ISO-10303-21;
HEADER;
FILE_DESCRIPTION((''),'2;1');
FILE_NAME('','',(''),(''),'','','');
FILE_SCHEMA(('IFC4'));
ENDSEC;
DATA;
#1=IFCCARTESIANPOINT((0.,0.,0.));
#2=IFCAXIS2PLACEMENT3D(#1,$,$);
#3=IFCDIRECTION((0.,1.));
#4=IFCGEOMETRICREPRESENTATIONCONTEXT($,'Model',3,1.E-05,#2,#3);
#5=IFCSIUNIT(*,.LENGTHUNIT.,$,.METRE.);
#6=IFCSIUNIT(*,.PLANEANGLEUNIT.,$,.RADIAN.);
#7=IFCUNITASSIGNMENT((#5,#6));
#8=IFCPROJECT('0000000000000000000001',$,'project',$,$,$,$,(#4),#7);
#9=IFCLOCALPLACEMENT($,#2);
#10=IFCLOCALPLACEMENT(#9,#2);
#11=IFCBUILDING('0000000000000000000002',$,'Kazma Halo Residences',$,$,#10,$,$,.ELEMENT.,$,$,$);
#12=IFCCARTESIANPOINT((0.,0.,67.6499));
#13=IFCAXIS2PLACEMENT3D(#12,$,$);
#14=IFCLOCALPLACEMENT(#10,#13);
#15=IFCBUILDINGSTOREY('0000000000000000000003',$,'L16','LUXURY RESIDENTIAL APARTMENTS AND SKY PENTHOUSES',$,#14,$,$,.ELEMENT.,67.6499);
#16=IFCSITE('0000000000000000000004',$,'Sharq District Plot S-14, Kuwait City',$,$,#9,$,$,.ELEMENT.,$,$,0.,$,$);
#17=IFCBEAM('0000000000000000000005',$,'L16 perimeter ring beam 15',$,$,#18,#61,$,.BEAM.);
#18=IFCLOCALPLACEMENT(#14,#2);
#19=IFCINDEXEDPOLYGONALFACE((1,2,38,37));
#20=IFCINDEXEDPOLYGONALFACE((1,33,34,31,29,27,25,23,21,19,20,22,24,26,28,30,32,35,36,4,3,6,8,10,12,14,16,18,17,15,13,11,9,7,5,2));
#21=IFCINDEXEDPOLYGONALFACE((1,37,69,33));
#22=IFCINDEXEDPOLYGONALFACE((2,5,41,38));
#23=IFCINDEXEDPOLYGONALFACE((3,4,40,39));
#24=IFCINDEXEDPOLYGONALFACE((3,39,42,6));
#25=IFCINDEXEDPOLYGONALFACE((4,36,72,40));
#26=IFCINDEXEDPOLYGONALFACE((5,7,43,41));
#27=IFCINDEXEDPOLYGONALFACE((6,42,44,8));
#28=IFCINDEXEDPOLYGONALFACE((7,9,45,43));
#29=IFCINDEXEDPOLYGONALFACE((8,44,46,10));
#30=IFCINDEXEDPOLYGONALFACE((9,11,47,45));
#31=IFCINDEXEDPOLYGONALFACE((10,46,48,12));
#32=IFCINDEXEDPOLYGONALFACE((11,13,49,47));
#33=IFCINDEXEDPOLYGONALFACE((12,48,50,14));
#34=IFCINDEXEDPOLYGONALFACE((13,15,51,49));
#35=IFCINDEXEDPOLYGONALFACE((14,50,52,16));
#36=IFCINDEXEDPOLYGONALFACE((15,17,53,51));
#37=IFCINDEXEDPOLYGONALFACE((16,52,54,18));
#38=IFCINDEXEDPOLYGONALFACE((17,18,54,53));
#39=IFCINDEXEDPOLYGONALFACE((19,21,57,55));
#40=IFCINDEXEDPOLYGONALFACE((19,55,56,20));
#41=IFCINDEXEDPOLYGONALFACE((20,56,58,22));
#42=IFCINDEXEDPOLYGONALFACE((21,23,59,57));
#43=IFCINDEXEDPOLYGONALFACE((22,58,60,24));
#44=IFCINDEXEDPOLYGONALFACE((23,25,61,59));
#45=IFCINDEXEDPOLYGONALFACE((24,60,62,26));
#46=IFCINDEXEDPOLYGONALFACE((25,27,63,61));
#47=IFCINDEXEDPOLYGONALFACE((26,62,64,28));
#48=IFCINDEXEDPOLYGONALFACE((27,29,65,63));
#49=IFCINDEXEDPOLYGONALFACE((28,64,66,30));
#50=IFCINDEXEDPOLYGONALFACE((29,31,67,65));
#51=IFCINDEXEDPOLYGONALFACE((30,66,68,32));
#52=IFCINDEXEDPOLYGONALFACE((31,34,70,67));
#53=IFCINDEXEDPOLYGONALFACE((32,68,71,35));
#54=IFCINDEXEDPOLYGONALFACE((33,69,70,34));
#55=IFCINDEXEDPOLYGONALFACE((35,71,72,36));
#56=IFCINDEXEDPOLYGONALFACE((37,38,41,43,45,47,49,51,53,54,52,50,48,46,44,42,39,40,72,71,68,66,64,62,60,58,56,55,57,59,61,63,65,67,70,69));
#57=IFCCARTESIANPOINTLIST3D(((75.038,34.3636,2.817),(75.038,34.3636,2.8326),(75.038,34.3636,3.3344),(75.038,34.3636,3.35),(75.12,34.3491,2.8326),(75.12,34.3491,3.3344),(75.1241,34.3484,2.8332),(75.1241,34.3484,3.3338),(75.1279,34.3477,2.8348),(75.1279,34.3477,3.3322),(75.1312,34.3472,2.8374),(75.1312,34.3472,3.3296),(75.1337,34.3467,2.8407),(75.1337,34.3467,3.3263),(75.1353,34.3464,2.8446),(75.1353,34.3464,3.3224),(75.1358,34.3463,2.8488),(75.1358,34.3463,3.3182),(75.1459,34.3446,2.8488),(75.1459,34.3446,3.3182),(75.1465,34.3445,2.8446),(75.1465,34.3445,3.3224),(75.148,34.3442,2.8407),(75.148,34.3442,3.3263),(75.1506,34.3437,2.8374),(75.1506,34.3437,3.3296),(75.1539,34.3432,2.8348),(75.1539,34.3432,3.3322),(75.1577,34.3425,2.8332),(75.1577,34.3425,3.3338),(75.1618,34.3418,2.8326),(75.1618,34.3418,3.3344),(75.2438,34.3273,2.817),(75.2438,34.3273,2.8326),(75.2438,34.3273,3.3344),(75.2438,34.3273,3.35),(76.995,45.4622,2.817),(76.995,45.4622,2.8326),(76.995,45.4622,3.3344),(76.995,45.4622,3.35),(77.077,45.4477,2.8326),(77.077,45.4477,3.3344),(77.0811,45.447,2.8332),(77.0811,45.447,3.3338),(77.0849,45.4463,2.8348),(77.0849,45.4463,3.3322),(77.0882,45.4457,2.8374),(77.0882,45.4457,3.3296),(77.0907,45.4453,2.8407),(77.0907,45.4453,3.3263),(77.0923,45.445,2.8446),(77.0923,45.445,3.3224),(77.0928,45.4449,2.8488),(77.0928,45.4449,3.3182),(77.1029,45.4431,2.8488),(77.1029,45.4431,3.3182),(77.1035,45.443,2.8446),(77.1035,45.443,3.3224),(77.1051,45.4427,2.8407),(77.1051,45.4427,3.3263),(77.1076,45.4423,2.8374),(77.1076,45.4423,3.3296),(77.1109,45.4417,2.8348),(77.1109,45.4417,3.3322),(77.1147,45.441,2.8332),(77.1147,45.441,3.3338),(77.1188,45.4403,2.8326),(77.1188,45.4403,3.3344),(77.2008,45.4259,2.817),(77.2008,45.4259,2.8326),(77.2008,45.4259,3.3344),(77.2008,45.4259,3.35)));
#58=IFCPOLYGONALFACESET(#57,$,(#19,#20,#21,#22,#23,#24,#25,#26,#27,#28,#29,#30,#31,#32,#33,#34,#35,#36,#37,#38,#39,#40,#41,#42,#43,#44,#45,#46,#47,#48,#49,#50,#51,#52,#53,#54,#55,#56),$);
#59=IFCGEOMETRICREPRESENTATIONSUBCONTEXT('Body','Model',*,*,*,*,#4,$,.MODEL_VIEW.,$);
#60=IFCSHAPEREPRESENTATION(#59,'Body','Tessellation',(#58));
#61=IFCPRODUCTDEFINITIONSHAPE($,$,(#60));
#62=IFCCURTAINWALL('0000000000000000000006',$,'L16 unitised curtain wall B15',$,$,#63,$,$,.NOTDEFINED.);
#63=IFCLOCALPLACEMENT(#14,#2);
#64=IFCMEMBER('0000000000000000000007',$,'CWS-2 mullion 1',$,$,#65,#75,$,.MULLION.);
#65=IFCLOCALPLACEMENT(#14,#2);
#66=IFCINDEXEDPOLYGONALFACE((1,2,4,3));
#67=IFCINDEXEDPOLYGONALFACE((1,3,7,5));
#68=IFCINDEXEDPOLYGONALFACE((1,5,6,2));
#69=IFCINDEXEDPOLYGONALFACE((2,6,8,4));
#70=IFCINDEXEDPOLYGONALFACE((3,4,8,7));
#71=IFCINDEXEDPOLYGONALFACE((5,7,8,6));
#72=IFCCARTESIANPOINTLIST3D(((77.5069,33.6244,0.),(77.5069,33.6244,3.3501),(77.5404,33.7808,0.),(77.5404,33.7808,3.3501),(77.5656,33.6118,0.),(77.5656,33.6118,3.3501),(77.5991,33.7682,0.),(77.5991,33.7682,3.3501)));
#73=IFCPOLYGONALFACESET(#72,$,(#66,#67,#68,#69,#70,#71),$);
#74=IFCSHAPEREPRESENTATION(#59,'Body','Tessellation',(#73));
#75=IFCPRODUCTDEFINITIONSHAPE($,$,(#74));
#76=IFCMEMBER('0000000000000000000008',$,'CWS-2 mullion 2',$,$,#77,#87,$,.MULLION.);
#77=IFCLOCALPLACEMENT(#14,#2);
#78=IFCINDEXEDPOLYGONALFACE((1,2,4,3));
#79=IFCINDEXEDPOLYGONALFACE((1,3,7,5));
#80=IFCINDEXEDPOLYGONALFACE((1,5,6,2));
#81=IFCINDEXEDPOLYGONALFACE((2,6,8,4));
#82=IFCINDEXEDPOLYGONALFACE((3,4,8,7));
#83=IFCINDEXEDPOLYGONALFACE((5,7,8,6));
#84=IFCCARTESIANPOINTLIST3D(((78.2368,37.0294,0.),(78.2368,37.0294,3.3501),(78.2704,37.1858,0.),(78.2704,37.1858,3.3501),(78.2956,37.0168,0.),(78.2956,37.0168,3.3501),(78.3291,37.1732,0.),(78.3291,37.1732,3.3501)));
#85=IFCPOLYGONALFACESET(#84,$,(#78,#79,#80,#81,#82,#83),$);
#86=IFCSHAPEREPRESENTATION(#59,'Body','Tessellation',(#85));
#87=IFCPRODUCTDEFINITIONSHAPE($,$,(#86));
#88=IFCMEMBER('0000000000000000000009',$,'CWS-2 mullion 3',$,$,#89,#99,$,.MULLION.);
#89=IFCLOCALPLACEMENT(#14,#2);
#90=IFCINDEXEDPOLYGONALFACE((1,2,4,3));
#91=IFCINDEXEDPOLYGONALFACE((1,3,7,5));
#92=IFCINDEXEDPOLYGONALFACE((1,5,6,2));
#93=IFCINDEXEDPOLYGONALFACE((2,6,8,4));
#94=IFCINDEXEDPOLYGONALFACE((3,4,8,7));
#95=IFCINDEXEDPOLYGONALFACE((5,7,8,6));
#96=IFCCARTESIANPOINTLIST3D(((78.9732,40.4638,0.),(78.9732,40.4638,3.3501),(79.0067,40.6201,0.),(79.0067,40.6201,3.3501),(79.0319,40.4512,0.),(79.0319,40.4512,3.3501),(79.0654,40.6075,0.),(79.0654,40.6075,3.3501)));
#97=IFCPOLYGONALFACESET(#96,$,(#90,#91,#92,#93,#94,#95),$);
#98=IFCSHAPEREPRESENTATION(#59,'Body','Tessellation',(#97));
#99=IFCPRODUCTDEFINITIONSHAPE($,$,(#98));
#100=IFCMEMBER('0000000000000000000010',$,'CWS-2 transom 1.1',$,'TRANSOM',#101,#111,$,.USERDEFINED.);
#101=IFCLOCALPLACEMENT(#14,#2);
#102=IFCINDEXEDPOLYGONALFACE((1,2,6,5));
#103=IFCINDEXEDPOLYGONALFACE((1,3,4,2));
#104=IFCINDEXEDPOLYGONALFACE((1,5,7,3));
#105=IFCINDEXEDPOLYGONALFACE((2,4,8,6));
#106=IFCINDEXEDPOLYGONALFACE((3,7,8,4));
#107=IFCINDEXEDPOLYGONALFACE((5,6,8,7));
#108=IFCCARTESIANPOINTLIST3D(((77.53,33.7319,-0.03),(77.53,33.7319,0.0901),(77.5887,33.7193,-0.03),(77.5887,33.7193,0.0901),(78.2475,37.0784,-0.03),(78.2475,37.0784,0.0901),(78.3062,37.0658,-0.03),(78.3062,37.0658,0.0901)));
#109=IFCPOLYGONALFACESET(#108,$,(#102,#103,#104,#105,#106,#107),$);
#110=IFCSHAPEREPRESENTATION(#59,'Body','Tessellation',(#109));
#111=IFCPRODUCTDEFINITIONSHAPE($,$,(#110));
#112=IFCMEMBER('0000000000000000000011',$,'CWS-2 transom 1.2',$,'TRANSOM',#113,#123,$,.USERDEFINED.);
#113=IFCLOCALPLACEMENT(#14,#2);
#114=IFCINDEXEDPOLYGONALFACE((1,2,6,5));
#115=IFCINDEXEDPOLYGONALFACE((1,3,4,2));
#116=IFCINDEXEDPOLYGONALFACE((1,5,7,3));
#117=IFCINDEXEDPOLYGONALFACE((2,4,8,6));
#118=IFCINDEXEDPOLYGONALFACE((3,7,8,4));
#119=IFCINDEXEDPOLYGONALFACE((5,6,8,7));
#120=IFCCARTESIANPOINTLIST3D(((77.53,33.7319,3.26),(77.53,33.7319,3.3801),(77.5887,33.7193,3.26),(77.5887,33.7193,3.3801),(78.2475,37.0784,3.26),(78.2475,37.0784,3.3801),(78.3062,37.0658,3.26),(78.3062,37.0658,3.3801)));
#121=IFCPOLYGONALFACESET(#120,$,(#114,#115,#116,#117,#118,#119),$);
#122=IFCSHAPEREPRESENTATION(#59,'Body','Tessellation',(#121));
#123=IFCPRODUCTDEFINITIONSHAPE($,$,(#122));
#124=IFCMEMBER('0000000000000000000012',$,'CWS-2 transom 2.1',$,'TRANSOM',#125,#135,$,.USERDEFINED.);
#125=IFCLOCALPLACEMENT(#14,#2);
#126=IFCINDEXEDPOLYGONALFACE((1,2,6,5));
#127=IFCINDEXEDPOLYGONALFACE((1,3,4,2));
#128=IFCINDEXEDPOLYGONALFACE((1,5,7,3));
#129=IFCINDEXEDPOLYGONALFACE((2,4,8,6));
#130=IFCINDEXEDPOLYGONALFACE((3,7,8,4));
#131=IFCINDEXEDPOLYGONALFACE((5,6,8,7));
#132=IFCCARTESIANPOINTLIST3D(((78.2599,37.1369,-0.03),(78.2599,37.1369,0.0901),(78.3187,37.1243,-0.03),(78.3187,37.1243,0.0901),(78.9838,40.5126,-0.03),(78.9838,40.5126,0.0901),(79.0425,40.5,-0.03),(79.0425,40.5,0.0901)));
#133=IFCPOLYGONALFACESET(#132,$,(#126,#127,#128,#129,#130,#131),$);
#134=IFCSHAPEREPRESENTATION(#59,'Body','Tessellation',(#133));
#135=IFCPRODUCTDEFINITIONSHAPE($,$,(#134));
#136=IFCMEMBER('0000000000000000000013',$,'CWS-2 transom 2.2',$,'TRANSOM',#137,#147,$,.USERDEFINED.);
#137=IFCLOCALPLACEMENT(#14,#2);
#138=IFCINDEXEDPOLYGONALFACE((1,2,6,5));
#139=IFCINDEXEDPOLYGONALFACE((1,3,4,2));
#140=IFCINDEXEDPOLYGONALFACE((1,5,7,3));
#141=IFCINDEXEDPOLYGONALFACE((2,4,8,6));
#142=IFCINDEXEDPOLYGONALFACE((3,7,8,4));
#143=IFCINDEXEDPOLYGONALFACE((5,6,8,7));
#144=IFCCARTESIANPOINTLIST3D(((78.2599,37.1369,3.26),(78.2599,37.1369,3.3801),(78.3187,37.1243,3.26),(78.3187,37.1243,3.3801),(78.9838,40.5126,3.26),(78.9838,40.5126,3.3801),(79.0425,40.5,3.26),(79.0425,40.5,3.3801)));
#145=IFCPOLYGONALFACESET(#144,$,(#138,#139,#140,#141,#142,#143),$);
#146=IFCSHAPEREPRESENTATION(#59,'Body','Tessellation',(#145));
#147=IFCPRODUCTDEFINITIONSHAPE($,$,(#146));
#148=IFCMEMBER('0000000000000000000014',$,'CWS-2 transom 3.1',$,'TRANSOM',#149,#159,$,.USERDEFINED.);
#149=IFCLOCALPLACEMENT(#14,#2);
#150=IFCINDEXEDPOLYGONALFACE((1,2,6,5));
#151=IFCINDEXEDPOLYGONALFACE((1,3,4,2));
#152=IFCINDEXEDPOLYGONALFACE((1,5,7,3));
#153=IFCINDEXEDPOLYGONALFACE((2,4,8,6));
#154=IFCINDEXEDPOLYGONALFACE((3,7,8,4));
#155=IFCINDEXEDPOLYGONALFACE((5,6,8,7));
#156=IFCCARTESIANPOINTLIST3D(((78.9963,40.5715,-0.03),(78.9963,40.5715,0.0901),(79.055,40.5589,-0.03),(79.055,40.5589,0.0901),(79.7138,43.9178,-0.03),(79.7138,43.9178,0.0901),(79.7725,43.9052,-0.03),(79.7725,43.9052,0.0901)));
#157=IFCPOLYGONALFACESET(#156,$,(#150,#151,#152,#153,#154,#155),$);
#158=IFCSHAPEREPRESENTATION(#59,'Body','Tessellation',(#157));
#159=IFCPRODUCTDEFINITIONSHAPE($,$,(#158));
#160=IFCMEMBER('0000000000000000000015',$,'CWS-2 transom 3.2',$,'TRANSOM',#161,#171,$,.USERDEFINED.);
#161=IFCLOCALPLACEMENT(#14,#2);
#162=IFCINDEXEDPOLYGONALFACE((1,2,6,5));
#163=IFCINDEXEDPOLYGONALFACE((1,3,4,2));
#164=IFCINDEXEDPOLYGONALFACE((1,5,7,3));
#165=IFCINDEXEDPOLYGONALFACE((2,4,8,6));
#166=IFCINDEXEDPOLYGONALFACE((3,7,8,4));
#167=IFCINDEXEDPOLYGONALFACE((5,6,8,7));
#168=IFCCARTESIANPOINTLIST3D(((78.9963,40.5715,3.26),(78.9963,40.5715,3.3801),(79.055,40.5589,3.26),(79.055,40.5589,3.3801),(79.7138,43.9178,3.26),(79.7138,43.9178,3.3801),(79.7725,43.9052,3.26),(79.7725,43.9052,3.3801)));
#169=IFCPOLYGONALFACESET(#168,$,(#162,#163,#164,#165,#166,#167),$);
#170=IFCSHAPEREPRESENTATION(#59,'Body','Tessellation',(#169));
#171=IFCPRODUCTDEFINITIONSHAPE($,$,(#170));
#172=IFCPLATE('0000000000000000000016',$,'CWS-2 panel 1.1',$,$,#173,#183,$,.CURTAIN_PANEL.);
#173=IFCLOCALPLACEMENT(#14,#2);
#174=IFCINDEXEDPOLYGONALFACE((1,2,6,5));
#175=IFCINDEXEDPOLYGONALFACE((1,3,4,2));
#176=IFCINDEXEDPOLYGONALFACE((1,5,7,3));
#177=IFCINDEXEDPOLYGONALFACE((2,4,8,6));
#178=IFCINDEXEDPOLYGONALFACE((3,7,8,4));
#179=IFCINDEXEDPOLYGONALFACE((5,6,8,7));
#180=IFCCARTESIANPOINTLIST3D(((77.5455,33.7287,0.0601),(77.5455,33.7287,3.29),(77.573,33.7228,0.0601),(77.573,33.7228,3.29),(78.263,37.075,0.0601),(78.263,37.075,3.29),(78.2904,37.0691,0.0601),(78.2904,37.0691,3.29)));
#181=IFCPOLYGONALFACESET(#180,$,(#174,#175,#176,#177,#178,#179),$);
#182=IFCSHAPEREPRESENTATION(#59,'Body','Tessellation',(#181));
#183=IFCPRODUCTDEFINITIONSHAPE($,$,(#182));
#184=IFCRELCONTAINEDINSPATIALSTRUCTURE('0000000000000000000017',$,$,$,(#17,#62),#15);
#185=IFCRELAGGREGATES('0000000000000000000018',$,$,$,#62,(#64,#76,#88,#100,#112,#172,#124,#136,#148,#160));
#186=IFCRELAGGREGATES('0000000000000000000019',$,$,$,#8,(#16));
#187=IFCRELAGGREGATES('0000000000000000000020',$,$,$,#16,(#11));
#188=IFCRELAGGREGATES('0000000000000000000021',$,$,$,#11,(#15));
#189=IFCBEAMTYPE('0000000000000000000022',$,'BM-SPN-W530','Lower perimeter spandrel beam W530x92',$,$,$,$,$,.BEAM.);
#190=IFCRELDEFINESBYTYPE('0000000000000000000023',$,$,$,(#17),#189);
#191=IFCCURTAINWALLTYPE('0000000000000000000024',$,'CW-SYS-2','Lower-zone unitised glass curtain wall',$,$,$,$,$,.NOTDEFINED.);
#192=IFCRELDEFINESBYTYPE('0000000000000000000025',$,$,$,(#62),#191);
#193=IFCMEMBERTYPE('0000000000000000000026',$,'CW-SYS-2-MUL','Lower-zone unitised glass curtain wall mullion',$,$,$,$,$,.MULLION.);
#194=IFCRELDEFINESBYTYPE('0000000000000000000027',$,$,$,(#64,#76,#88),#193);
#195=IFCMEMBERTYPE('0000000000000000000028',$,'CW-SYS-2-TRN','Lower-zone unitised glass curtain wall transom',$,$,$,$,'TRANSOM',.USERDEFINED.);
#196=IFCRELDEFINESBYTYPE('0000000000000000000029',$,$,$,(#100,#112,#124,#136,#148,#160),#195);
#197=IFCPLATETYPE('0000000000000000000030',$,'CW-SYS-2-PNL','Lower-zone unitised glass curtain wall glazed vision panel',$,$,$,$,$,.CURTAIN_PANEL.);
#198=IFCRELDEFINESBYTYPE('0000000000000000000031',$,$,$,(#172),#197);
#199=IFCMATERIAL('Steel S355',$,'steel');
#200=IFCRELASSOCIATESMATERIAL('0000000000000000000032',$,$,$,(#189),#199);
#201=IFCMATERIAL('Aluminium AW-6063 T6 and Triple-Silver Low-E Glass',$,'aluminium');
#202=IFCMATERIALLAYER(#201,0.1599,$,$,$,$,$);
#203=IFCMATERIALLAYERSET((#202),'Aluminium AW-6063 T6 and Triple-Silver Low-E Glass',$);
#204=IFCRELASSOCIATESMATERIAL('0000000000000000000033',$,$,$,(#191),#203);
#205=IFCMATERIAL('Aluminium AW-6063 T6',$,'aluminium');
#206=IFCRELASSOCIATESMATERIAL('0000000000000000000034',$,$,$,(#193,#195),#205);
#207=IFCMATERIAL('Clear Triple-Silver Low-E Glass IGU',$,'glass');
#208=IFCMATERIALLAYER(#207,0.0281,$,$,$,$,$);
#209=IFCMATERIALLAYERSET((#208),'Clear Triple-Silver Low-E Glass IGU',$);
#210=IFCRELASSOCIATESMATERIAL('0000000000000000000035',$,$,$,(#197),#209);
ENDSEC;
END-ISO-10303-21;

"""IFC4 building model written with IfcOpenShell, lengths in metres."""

from ifc_helpers import new_model, si_unit, direction, frame, origin, origin_2d, place, context, subcontext, project, spatial, rectangle, i_section, extrude, material, layer, layer_set, material_profile, profile_set, type_object, element, aggregate, save


model = new_model("IFC4")

# Units and contexts
model_context = context("Model", 3, precision=1e-05, world=origin(), true_north=direction((0.0, 1.0)))
body_context = subcontext(model_context, "Body", "Model", "MODEL_VIEW")
ifc_project = project(units=[si_unit("LENGTHUNIT", "METRE"), si_unit("PLANEANGLEUNIT", "RADIAN")], contexts=[model_context])

# Site, building, storey
site_placement = place(None, origin())
site = spatial("IfcSite", under=ifc_project, at=site_placement, Name="Sharq District Plot S-14, Kuwait City", CompositionType="ELEMENT", RefElevation=0.0)
building_placement = place(site_placement, origin())
building = spatial("IfcBuilding", under=site, at=building_placement, Name="Kazma Halo Residences", CompositionType="ELEMENT")
storey_placement = place(building_placement, frame((0.0, 0.0, 67.6499)))
storey = spatial("IfcBuildingStorey", under=building, at=storey_placement, Name="L16", Description="LUXURY RESIDENTIAL APARTMENTS AND SKY PENTHOUSES", CompositionType="ELEMENT", Elevation=67.6499)

# Beam
ifc_material_1 = material(Name="Steel S355", Category="steel")
ifc_material_profile_1 = material_profile(ifc_material_1, i_section(OverallWidth=0.209, OverallDepth=0.533, WebThickness=0.0103, FlangeThickness=0.0156, FilletRadius=0.0161, at=origin_2d()), Name="W530x92")
ifc_profile_set_1 = profile_set([ifc_material_profile_1], Name="Steel S355")
beam_type_1 = type_object("IfcBeamType", Name="BM-SPN-W530", Description="Lower perimeter spandrel beam W530x92", PredefinedType="BEAM", material=ifc_profile_set_1)
beam_1_placement = place(storey_placement, frame((75.1409, 34.3455, 3.0835), z_axis=(0.173652, 0.984807, 0.0), x_axis=(-0.984807, 0.173652, 0.0)))
element("IfcBeam", 1, at=beam_1_placement, inside=storey, type_object=beam_type_1, Name="L16 perimeter ring beam 15", PredefinedType="BEAM", context=body_context, shape_type="SweptSolid", body=[
    extrude(i_section(OverallWidth=0.209, OverallDepth=0.533, WebThickness=0.0103, FlangeThickness=0.0156, FilletRadius=0.0161, at=origin_2d()), origin(), (0.0, 0.0, 1.0), 11.2698),
])

# Curtain wall, members, plate
ifc_material_2 = material(Name="Aluminium AW-6063 T6 and Triple-Silver Low-E Glass", Category="aluminium")
ifc_layer_1 = layer(ifc_material_2, 0.1599)
ifc_layer_set_1 = layer_set([ifc_layer_1], Name="Aluminium AW-6063 T6 and Triple-Silver Low-E Glass")
curtain_wall_type = type_object("IfcCurtainWallType", Name="CW-SYS-2", Description="Lower-zone unitised glass curtain wall", PredefinedType="NOTDEFINED", material=ifc_layer_set_1)
curtain_wall_placement = place(storey_placement, origin())
curtain_wall = element("IfcCurtainWall", 2, at=curtain_wall_placement, inside=storey, type_object=curtain_wall_type, Name="L16 unitised curtain wall B15", PredefinedType="NOTDEFINED")
ifc_material_3 = material(Name="Aluminium AW-6063 T6", Category="aluminium")
ifc_material_profile_2 = material_profile(ifc_material_3, rectangle(XDim=0.0601, YDim=0.1599, at=origin_2d()), Name="CWM-60x160")
ifc_profile_set_2 = profile_set([ifc_material_profile_2], Name="Aluminium AW-6063 T6")
member_type_1 = type_object("IfcMemberType", Name="CW-SYS-2-MUL", Description="Lower-zone unitised glass curtain wall mullion", PredefinedType="MULLION", material=ifc_profile_set_2)
member_1_placement = place(storey_placement, frame((77.553, 33.6963, 0.0), z_axis=(0.0, 0.0, 1.0), x_axis=(-0.977779, 0.209637, 0.0)))
member_1 = element("IfcMember", 3, at=member_1_placement, type_object=member_type_1, Name="CWS-2 mullion 1", PredefinedType="MULLION", context=body_context, shape_type="SweptSolid", body=[
    extrude(rectangle(XDim=0.0601, YDim=0.1599, at=origin_2d()), origin(), (0.0, 0.0, 1.0), 3.3501),
])
member_2_placement = place(storey_placement, frame((78.283, 37.1013, 0.0), z_axis=(0.0, 0.0, 1.0), x_axis=(-0.977779, 0.209637, 0.0)))
member_2 = element("IfcMember", 4, at=member_2_placement, type_object=member_type_1, Name="CWS-2 mullion 2", PredefinedType="MULLION", context=body_context, shape_type="SweptSolid", body=[
    extrude(rectangle(XDim=0.0601, YDim=0.1599, at=origin_2d()), origin(), (0.0, 0.0, 1.0), 3.3501),
])
member_3_placement = place(storey_placement, frame((79.0193, 40.5356, 0.0), z_axis=(0.0, 0.0, 1.0), x_axis=(-0.977779, 0.209637, 0.0)))
member_3 = element("IfcMember", 5, at=member_3_placement, type_object=member_type_1, Name="CWS-2 mullion 3", PredefinedType="MULLION", context=body_context, shape_type="SweptSolid", body=[
    extrude(rectangle(XDim=0.0601, YDim=0.1599, at=origin_2d()), origin(), (0.0, 0.0, 1.0), 3.3501),
])
ifc_material_profile_3 = material_profile(ifc_material_3, rectangle(XDim=0.0601, YDim=0.1201, at=origin_2d()), Name="CWT-60x120")
ifc_profile_set_3 = profile_set([ifc_material_profile_3], Name="Aluminium AW-6063 T6")
member_type_2 = type_object("IfcMemberType", Name="CW-SYS-2-TRN", Description="Lower-zone unitised glass curtain wall transom", ElementType="TRANSOM", PredefinedType="USERDEFINED", material=ifc_profile_set_3)
member_4_placement = place(storey_placement, frame((77.5593, 33.7256, 0.03), z_axis=(0.209651, 0.977776, 0.0), x_axis=(-0.977776, 0.209651, 0.0)))
member_4 = element("IfcMember", 6, at=member_4_placement, type_object=member_type_2, Name="CWS-2 transom 1.1", ObjectType="TRANSOM", PredefinedType="USERDEFINED", context=body_context, shape_type="SweptSolid", body=[
    extrude(rectangle(XDim=0.0601, YDim=0.1201, at=origin_2d()), origin(), (0.0, 0.0, 1.0), 3.4226),
])
member_5_placement = place(storey_placement, frame((77.5593, 33.7256, 3.3201), z_axis=(0.209651, 0.977776, 0.0), x_axis=(-0.977776, 0.209651, 0.0)))
member_5 = element("IfcMember", 7, at=member_5_placement, type_object=member_type_2, Name="CWS-2 transom 1.2", ObjectType="TRANSOM", PredefinedType="USERDEFINED", context=body_context, shape_type="SweptSolid", body=[
    extrude(rectangle(XDim=0.0601, YDim=0.1201, at=origin_2d()), origin(), (0.0, 0.0, 1.0), 3.4226),
])
member_6_placement = place(storey_placement, frame((78.2893, 37.1306, 0.03), z_axis=(0.209669, 0.977772, 0.0), x_axis=(-0.977772, 0.209669, 0.0)))
member_6 = element("IfcMember", 8, at=member_6_placement, type_object=member_type_2, Name="CWS-2 transom 2.1", ObjectType="TRANSOM", PredefinedType="USERDEFINED", context=body_context, shape_type="SweptSolid", body=[
    extrude(rectangle(XDim=0.0601, YDim=0.1201, at=origin_2d()), origin(), (0.0, 0.0, 1.0), 3.4524),
])
member_7_placement = place(storey_placement, frame((78.2893, 37.1306, 3.3201), z_axis=(0.209669, 0.977772, 0.0), x_axis=(-0.977772, 0.209669, 0.0)))
member_7 = element("IfcMember", 9, at=member_7_placement, type_object=member_type_2, Name="CWS-2 transom 2.2", ObjectType="TRANSOM", PredefinedType="USERDEFINED", context=body_context, shape_type="SweptSolid", body=[
    extrude(rectangle(XDim=0.0601, YDim=0.1201, at=origin_2d()), origin(), (0.0, 0.0, 1.0), 3.4524),
])
member_8_placement = place(storey_placement, frame((79.0256, 40.5652, 0.03), z_axis=(0.209666, 0.977773, 0.0), x_axis=(-0.977773, 0.209666, 0.0)))
member_8 = element("IfcMember", 10, at=member_8_placement, type_object=member_type_2, Name="CWS-2 transom 3.1", ObjectType="TRANSOM", PredefinedType="USERDEFINED", context=body_context, shape_type="SweptSolid", body=[
    extrude(rectangle(XDim=0.0601, YDim=0.1201, at=origin_2d()), origin(), (0.0, 0.0, 1.0), 3.4224),
])
member_9_placement = place(storey_placement, frame((79.0256, 40.5652, 3.3201), z_axis=(0.209666, 0.977773, 0.0), x_axis=(-0.977773, 0.209666, 0.0)))
member_9 = element("IfcMember", 11, at=member_9_placement, type_object=member_type_2, Name="CWS-2 transom 3.2", ObjectType="TRANSOM", PredefinedType="USERDEFINED", context=body_context, shape_type="SweptSolid", body=[
    extrude(rectangle(XDim=0.0601, YDim=0.1201, at=origin_2d()), origin(), (0.0, 0.0, 1.0), 3.4224),
])
ifc_material_4 = material(Name="Clear Triple-Silver Low-E Glass IGU", Category="glass")
ifc_layer_2 = layer(ifc_material_4, 0.0281)
ifc_layer_set_2 = layer_set([ifc_layer_2], Name="Clear Triple-Silver Low-E Glass IGU")
plate_type = type_object("IfcPlateType", Name="CW-SYS-2-PNL", Description="Lower-zone unitised glass curtain wall glazed vision panel", PredefinedType="CURTAIN_PANEL", material=ifc_layer_set_2)
plate_1_placement = place(storey_placement, frame((77.918, 35.3989, 0.0601), z_axis=(0.0, 0.0, 1.0), x_axis=(0.209637, 0.977779, 0.0)))
plate_1 = element("IfcPlate", 12, at=plate_1_placement, type_object=plate_type, Name="CWS-2 panel 1.1", PredefinedType="CURTAIN_PANEL", context=body_context, shape_type="SweptSolid", body=[
    extrude(rectangle(XDim=3.4224, YDim=0.0281, at=origin_2d()), origin(), (0.0, 0.0, 1.0), 3.23),
])
aggregate(curtain_wall, [member_1, member_2, member_3, member_4, member_5, plate_1, member_6, member_7, member_8, member_9])

save(model, "model.ifc")
